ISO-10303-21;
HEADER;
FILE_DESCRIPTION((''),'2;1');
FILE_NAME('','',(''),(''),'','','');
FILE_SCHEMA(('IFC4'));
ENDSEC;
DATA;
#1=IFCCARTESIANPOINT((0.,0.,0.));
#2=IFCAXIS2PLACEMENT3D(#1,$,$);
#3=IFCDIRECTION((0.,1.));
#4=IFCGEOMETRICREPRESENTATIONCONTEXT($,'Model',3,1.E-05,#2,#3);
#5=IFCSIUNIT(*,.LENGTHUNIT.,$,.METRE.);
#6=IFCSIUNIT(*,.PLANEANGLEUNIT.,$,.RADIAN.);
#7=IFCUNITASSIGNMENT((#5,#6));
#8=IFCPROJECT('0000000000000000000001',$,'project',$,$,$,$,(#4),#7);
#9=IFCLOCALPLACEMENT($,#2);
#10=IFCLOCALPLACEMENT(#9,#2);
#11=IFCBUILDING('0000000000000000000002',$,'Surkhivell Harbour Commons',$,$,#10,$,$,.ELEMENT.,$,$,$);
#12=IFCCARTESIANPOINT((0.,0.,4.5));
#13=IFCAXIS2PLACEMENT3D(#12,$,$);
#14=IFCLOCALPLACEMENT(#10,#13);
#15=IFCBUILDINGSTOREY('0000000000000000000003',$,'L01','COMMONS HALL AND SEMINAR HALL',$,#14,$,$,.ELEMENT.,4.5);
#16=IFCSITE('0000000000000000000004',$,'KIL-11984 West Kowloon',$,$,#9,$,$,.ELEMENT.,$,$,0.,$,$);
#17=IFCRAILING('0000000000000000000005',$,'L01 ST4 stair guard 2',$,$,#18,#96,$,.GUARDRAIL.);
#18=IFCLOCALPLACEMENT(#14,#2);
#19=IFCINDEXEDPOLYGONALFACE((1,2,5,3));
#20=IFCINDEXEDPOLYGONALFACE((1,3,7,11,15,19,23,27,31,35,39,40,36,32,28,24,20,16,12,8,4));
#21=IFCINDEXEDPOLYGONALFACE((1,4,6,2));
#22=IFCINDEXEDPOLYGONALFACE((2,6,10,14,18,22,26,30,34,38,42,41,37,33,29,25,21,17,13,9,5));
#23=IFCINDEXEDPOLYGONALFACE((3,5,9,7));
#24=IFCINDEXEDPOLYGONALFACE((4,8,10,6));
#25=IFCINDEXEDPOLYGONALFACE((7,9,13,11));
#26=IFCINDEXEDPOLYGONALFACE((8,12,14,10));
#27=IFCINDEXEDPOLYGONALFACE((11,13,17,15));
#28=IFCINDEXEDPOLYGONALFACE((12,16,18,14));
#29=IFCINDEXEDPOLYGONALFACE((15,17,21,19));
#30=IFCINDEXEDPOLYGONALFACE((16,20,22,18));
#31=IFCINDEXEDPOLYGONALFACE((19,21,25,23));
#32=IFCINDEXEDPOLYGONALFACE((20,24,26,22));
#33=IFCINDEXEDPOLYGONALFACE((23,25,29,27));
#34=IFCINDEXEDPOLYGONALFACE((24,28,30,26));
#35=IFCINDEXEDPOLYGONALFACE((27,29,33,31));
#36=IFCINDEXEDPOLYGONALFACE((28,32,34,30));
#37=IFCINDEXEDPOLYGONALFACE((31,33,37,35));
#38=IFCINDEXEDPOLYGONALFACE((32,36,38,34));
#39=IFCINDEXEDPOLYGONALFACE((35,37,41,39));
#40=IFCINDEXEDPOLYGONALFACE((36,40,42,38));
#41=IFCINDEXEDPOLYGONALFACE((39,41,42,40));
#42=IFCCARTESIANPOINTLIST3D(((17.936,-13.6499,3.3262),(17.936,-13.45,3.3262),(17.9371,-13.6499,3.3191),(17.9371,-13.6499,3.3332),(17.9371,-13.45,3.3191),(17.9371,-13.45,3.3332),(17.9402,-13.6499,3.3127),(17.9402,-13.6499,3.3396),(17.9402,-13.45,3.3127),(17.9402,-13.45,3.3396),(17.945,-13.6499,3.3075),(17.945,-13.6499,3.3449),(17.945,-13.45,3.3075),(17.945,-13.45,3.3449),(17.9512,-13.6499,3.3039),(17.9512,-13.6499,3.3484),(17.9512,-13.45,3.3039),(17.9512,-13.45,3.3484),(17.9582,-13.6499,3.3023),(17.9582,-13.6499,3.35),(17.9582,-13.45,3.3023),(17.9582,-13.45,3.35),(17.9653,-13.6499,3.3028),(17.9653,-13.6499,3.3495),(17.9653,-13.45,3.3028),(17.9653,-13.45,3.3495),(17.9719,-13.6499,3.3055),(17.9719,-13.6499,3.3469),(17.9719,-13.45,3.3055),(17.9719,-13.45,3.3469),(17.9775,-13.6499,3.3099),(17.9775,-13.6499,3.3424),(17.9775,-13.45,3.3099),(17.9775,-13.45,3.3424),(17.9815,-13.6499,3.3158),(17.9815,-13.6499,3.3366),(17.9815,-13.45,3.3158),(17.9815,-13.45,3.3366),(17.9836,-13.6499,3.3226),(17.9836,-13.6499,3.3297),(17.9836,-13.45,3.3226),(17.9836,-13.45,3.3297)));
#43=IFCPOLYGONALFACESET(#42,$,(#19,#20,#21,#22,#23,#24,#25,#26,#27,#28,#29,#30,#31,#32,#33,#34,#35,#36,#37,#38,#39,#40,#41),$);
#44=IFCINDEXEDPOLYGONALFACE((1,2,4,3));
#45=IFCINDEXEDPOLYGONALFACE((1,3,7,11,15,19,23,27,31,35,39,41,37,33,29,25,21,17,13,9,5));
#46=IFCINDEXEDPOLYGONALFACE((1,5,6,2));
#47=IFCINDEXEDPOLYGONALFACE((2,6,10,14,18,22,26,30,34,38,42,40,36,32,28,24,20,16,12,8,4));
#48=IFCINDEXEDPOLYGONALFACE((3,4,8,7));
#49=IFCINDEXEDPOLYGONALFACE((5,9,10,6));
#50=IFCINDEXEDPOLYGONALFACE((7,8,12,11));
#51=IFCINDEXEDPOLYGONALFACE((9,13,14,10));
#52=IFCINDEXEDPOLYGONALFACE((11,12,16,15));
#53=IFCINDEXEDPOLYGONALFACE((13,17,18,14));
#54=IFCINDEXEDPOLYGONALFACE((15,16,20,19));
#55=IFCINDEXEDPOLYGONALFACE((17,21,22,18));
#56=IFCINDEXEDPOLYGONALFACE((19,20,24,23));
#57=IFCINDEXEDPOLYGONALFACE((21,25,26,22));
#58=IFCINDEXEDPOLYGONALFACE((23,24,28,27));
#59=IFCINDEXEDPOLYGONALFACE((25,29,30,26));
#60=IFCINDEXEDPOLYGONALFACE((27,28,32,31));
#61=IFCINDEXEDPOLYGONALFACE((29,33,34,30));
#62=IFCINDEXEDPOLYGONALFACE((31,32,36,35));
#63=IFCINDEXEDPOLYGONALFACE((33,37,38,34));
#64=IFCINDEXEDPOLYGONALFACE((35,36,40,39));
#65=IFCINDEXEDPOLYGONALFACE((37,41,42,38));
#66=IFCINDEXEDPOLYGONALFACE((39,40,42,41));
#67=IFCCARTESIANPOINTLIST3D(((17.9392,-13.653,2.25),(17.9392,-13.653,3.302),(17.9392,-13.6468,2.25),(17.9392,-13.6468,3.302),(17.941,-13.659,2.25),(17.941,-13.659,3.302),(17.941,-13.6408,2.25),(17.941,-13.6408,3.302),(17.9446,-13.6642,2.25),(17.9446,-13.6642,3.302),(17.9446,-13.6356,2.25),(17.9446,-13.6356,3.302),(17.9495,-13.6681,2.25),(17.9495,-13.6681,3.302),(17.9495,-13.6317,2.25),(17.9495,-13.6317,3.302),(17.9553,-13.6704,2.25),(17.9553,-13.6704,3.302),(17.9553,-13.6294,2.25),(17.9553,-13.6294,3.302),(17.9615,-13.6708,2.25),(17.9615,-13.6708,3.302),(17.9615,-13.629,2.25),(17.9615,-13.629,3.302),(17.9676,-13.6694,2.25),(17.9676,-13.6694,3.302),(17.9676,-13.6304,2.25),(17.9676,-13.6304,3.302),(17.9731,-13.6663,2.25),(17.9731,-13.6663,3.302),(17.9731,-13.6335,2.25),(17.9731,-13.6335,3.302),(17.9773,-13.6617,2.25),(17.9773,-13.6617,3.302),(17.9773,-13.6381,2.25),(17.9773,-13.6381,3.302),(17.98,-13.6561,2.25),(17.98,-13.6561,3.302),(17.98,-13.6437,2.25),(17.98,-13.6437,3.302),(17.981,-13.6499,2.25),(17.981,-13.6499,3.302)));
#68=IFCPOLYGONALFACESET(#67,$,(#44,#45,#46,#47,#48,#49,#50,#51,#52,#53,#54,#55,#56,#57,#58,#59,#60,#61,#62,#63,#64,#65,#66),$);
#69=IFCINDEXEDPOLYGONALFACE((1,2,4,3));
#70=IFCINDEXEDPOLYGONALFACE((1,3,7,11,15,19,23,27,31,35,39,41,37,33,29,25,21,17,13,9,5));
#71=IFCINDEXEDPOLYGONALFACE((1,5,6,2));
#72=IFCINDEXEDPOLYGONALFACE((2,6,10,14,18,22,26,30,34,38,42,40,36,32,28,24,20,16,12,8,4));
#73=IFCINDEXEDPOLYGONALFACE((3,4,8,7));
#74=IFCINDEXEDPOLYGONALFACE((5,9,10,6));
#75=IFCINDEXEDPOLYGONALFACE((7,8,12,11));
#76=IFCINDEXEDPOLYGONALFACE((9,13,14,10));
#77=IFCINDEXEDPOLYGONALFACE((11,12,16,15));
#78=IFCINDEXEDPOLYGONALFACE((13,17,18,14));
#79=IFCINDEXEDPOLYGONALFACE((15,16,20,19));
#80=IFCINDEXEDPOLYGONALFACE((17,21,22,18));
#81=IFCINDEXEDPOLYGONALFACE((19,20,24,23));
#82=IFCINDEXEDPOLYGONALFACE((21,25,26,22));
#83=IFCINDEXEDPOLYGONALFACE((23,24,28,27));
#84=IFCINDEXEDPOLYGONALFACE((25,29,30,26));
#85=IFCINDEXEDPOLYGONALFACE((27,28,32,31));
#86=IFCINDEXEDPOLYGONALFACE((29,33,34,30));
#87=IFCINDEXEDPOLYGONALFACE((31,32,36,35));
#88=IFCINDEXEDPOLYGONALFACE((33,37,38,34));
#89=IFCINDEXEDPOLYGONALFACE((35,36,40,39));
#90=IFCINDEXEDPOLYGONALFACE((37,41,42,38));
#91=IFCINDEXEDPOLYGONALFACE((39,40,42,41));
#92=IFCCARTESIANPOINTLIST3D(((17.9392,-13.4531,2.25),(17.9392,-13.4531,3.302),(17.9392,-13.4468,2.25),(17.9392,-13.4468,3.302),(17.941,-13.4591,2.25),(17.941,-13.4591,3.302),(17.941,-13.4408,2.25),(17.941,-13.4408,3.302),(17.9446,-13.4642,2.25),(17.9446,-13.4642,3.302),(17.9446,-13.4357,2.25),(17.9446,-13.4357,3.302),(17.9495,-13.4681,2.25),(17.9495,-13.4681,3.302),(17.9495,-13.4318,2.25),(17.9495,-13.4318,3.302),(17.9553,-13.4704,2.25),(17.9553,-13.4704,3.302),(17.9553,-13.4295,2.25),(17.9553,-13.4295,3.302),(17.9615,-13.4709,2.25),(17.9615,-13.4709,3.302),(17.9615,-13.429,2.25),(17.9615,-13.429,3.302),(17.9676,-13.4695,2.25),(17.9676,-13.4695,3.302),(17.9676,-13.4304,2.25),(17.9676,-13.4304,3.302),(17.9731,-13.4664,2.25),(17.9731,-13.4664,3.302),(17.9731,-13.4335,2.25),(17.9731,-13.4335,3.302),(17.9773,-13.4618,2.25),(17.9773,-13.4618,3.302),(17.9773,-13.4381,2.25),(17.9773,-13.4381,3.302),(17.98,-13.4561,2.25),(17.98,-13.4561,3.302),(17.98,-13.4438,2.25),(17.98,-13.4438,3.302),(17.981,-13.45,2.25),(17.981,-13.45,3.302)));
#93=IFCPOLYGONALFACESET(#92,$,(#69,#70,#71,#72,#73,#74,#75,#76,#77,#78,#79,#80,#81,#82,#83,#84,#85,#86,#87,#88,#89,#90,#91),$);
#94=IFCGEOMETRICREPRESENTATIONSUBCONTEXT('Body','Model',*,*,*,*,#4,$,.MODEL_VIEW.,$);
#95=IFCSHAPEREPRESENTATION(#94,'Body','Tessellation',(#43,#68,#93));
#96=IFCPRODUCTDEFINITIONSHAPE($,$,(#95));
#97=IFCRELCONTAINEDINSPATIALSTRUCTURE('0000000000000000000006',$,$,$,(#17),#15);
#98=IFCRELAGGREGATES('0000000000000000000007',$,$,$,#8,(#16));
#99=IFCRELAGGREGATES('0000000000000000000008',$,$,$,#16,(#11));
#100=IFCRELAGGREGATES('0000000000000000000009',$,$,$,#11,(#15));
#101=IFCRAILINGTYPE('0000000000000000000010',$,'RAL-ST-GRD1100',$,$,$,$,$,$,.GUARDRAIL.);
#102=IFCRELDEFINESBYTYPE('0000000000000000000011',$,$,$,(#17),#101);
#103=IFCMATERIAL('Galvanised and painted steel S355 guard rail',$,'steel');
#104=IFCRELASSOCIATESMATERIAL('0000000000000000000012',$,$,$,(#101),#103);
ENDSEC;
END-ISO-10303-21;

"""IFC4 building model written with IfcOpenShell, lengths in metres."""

from ifc_helpers import new_model, si_unit, direction, frame, origin, origin_2d, place, context, subcontext, project, spatial, circle, extrude, material, type_object, element, save


model = new_model("IFC4")

# Units and contexts
model_context = context("Model", 3, precision=1e-05, world=origin(), true_north=direction((0.0, 1.0)))
body_context = subcontext(model_context, "Body", "Model", "MODEL_VIEW")
ifc_project = project(units=[si_unit("LENGTHUNIT", "METRE"), si_unit("PLANEANGLEUNIT", "RADIAN")], contexts=[model_context])

# Site, building, storey
site_placement = place(None, origin())
site = spatial("IfcSite", under=ifc_project, at=site_placement, Name="KIL-11984 West Kowloon", CompositionType="ELEMENT", RefElevation=0.0)
building_placement = place(site_placement, origin())
building = spatial("IfcBuilding", under=site, at=building_placement, Name="Surkhivell Harbour Commons", CompositionType="ELEMENT")
storey_placement = place(building_placement, frame((0.0, 0.0, 4.5)))
storey = spatial("IfcBuildingStorey", under=building, at=storey_placement, Name="L01", Description="COMMONS HALL AND SEMINAR HALL", CompositionType="ELEMENT", Elevation=4.5)

# Railing
ifc_material_1 = material(Name="Galvanised and painted steel S355 guard rail", Category="steel")
railing_type_1 = type_object("IfcRailingType", Name="RAL-ST-GRD1100", PredefinedType="GUARDRAIL", material=ifc_material_1)
railing_1_placement = place(storey_placement, frame((17.96, -13.6499, 2.25)))
element("IfcRailing", 1, at=railing_1_placement, inside=storey, type_object=railing_type_1, Name="L01 ST4 stair guard 2", PredefinedType="GUARDRAIL", context=body_context, shape_type="SweptSolid", body=[
    extrude(circle(Radius=0.0239, at=origin_2d()), frame((0.0, 0.0, 1.0762), z_axis=(0.0, 1.0, 0.0), x_axis=(-1.0, 0.0, 0.0)), (0.0, 0.0, 1.0), 0.2),
    extrude(circle(Radius=0.021, at=origin_2d()), origin(), (0.0, 0.0, 1.0), 1.052),
    extrude(circle(Radius=0.021, at=origin_2d()), frame((0.0, 0.2, 0.0)), (0.0, 0.0, 1.0), 1.052),
])

save(model, "model.ifc")
